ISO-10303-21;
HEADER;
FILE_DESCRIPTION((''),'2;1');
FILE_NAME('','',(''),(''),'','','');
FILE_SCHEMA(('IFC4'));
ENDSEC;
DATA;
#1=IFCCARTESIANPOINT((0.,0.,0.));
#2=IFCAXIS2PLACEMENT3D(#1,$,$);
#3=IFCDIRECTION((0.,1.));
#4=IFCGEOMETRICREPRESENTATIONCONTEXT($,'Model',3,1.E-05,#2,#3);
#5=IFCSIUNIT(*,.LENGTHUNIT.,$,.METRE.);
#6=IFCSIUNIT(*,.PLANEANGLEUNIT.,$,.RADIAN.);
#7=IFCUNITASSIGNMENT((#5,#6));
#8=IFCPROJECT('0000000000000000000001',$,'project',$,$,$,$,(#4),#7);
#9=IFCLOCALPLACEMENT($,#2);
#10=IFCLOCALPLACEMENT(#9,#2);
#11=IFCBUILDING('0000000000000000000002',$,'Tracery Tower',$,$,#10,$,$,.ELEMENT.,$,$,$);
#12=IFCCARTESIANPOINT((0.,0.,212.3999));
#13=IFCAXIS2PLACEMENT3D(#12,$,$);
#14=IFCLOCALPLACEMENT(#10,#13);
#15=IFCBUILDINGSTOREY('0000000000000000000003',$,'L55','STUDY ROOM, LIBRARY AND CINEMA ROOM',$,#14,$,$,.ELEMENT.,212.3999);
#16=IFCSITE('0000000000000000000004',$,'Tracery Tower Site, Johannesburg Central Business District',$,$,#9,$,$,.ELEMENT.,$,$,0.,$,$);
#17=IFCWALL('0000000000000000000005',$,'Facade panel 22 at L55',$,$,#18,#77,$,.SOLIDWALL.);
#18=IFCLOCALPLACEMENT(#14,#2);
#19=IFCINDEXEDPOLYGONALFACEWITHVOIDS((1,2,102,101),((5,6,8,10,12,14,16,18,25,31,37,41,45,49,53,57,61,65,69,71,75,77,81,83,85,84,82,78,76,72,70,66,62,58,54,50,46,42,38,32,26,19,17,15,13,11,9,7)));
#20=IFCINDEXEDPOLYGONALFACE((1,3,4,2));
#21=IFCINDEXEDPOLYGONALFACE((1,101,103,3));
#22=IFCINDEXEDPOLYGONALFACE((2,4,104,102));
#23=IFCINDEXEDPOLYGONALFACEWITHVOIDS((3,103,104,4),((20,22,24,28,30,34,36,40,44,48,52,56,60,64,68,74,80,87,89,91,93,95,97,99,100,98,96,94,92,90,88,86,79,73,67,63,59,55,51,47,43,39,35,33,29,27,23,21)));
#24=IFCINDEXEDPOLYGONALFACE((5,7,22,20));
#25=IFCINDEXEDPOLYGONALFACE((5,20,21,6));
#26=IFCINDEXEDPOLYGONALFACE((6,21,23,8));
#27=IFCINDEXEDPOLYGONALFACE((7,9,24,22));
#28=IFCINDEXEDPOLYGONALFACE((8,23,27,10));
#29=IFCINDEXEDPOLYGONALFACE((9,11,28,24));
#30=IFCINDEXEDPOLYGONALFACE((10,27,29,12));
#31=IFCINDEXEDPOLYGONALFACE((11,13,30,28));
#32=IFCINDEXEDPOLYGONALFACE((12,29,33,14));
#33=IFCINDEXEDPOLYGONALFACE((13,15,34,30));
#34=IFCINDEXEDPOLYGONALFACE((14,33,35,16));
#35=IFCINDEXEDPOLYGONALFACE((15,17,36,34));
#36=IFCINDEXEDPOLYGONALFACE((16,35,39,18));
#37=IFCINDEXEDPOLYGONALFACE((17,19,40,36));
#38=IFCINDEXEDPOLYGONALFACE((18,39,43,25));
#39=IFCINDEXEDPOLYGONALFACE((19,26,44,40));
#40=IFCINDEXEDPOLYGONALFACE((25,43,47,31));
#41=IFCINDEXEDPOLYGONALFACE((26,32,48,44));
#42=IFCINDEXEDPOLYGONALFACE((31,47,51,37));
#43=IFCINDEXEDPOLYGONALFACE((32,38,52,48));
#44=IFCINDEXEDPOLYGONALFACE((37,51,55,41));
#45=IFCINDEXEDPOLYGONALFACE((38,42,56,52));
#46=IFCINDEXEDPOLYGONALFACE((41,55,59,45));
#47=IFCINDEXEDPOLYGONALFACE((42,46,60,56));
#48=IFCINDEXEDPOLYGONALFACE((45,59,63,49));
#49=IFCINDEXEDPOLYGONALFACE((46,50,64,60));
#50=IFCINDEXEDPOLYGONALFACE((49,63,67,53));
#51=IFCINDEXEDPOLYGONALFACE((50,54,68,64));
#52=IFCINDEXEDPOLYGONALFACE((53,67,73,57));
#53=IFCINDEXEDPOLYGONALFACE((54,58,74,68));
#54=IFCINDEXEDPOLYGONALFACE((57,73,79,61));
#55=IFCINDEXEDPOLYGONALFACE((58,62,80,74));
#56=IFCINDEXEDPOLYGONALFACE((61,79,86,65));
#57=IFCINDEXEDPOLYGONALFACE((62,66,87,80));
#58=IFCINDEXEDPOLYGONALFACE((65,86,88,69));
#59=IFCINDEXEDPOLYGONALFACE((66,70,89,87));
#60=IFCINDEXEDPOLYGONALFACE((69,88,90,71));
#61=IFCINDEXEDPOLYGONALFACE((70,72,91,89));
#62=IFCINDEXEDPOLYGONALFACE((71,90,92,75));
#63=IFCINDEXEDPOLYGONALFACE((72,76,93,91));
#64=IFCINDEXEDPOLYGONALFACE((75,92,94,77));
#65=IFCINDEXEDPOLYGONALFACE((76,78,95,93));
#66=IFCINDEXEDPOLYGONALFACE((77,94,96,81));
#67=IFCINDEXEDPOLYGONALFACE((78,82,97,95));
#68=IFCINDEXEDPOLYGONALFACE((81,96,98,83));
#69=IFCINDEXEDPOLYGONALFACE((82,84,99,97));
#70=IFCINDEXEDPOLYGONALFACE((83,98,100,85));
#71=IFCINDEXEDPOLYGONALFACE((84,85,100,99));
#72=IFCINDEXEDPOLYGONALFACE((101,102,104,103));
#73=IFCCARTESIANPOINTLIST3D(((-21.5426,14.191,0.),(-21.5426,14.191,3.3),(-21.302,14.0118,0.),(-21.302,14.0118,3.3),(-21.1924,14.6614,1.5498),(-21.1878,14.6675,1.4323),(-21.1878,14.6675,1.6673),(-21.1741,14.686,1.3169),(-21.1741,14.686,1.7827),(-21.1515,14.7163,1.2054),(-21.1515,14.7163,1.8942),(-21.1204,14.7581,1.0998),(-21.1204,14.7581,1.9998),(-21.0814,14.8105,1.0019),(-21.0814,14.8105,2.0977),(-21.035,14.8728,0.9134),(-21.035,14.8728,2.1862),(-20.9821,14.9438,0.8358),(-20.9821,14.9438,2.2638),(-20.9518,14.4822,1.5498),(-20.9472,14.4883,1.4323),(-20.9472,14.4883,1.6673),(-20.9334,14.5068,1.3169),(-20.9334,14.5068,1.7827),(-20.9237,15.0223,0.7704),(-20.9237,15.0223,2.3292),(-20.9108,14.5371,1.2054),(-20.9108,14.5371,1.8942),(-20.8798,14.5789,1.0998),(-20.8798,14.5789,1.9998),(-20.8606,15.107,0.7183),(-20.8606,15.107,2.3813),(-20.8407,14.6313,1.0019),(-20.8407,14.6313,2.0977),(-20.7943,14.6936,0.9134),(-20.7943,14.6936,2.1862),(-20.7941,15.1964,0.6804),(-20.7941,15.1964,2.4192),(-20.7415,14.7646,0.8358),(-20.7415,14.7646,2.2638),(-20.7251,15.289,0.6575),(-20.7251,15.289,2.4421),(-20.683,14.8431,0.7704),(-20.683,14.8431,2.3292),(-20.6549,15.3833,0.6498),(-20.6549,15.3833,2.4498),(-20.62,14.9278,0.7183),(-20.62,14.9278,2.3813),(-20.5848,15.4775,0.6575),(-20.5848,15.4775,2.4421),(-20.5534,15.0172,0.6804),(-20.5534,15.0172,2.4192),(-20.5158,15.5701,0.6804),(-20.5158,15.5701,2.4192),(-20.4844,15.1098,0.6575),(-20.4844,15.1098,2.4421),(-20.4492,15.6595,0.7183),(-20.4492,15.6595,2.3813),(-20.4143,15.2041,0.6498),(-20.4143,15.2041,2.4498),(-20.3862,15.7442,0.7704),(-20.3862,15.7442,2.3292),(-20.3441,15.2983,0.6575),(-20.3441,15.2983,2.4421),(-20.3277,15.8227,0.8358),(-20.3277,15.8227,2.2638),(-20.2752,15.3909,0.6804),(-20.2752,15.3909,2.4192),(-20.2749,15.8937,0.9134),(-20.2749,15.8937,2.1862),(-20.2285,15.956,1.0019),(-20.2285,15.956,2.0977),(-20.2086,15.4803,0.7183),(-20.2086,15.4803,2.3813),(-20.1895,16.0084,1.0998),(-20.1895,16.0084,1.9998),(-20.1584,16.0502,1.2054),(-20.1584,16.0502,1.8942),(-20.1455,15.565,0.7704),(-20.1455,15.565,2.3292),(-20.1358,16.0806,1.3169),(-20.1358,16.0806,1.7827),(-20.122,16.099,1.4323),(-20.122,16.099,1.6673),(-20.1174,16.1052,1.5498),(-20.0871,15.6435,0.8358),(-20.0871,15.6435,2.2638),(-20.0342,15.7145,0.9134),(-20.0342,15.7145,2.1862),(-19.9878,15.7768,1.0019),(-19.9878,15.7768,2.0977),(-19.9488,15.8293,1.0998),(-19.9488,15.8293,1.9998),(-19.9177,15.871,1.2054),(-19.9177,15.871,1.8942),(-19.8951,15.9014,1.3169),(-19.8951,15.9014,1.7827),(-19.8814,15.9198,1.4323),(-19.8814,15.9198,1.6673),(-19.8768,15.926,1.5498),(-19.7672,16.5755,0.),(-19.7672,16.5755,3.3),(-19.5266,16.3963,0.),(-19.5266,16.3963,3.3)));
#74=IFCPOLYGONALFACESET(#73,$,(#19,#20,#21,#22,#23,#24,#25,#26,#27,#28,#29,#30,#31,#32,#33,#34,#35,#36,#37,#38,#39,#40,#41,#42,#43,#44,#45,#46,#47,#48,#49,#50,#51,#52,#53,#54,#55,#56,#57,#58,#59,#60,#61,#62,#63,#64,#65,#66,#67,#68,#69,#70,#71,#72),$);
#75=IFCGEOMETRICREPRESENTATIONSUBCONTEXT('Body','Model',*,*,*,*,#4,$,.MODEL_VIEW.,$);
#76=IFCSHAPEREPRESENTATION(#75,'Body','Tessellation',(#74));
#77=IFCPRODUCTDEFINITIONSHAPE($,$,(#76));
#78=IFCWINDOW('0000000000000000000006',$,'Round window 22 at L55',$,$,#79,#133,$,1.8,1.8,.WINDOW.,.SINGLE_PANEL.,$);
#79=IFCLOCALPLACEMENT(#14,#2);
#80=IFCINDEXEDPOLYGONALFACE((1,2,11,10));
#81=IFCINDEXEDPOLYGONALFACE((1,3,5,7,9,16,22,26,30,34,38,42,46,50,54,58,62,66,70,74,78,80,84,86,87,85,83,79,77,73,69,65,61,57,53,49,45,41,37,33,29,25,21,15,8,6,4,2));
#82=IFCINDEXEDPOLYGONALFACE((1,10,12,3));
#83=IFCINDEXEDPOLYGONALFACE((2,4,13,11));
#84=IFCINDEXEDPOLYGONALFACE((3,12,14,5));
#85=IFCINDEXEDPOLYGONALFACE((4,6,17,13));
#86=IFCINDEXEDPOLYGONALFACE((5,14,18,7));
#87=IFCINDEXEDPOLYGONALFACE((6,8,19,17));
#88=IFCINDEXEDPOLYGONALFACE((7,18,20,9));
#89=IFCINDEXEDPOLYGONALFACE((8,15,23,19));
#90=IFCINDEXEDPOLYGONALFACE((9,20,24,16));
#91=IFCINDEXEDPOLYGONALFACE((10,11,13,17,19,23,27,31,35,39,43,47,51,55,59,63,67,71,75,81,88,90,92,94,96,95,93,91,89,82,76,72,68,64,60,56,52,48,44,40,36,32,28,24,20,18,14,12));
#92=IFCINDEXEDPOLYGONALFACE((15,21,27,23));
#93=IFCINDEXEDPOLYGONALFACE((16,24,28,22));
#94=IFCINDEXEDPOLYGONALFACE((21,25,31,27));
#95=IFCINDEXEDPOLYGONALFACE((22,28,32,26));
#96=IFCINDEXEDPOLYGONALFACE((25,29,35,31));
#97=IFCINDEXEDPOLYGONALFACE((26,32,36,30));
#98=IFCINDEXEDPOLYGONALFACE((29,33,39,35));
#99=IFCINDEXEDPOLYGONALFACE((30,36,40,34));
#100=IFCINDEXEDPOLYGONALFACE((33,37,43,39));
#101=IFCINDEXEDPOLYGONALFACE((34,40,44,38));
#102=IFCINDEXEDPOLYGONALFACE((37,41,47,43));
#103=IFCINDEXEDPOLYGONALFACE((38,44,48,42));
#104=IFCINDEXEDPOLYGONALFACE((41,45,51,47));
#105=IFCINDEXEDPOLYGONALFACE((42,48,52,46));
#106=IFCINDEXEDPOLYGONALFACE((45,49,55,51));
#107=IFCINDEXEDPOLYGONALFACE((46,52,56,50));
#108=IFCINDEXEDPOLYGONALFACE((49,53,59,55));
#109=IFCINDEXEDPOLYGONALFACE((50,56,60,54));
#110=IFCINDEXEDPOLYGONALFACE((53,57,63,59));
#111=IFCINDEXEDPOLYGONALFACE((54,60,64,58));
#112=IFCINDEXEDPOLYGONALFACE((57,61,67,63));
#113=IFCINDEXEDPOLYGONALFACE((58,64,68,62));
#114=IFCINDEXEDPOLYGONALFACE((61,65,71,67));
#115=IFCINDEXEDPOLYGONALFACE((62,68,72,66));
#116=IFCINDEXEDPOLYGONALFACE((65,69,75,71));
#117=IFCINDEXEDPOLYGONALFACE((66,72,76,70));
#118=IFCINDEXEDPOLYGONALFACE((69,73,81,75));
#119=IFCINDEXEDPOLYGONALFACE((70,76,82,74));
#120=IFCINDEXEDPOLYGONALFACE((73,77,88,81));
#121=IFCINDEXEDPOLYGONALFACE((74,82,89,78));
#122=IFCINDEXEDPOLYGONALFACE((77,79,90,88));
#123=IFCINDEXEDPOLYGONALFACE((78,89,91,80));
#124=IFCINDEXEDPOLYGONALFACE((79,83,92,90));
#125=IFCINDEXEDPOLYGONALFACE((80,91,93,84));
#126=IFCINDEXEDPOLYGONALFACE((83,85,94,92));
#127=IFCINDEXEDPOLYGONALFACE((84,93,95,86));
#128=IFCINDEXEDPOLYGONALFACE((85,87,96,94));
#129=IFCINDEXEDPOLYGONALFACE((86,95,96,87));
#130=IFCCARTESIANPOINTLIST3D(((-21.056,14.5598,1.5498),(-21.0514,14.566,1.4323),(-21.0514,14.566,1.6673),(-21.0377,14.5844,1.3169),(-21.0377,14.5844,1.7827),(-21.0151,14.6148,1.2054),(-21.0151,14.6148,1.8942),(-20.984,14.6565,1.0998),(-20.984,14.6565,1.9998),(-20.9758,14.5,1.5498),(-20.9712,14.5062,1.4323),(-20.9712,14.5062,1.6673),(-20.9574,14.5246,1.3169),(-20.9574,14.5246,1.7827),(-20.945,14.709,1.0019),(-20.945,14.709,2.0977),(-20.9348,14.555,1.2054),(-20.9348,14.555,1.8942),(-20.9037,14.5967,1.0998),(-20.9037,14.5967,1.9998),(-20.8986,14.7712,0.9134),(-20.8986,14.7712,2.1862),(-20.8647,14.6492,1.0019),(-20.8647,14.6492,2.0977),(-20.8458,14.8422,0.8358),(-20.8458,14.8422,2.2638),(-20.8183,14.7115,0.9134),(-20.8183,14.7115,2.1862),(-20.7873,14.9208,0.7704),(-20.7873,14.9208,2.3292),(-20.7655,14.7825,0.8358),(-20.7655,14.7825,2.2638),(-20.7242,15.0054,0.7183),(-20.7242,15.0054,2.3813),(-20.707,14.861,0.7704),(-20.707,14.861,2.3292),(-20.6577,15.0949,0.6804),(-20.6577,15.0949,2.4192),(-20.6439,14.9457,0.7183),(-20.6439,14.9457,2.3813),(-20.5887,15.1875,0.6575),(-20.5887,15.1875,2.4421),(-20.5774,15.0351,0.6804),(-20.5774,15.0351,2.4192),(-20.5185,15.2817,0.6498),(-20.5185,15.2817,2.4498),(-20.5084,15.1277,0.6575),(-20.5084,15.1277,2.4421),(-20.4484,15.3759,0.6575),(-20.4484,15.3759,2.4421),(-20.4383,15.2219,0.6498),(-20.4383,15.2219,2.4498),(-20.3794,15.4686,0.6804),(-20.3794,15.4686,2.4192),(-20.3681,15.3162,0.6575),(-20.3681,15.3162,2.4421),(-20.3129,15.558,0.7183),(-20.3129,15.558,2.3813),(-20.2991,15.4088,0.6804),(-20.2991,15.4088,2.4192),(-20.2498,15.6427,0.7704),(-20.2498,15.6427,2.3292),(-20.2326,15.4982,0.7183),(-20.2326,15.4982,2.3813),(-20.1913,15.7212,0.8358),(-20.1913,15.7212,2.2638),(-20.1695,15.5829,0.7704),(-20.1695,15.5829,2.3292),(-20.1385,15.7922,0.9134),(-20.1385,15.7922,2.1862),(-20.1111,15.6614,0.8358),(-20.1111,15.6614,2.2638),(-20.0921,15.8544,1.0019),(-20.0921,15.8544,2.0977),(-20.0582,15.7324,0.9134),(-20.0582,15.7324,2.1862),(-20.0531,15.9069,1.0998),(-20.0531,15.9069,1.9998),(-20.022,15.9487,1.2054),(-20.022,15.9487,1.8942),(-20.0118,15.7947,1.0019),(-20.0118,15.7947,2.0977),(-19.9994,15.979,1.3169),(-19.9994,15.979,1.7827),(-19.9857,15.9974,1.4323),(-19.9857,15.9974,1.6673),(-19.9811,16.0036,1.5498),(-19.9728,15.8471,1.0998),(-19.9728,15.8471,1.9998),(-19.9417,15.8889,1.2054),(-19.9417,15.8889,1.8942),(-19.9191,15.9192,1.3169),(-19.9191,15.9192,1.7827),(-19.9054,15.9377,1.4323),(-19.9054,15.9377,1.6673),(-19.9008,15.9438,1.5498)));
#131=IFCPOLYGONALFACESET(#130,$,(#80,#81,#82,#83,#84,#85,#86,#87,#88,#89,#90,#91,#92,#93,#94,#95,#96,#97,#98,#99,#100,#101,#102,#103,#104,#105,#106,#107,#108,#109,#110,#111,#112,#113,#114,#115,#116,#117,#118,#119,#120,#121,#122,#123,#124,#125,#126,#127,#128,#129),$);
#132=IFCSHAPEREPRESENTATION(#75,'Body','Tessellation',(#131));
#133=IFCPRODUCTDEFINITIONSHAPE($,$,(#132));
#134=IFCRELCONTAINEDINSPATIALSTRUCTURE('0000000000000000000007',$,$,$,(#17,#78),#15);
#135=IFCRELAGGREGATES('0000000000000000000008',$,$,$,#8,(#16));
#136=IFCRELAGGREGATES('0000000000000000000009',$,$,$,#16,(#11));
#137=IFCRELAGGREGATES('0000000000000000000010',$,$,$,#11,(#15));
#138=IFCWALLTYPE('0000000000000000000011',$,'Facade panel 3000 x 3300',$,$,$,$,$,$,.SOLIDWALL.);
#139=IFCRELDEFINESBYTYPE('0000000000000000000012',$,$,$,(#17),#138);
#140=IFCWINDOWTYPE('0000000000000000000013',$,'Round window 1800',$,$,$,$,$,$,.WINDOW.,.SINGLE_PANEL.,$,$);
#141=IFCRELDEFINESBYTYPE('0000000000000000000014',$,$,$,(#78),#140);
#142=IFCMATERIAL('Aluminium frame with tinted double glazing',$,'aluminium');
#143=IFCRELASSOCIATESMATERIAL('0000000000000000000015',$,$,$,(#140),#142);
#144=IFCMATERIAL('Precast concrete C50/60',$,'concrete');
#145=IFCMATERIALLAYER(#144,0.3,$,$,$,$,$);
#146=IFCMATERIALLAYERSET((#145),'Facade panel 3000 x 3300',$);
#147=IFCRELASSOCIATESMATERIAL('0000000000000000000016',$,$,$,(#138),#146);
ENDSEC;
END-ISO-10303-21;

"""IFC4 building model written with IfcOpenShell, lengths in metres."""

from ifc_helpers import new_model, si_unit, direction, frame, frame_2d, origin, origin_2d, place, context, subcontext, project, spatial, rectangle, circle, extrude, material, layer, layer_set, type_object, element, fill, save


model = new_model("IFC4")

# Units and contexts
model_context = context("Model", 3, precision=1e-05, world=origin(), true_north=direction((0.0, 1.0)))
body_context = subcontext(model_context, "Body", "Model", "MODEL_VIEW")
ifc_project = project(units=[si_unit("LENGTHUNIT", "METRE"), si_unit("PLANEANGLEUNIT", "RADIAN")], contexts=[model_context])

# Site, building, storey
site_placement = place(None, origin())
site = spatial("IfcSite", under=ifc_project, at=site_placement, Name="Tracery Tower Site, Johannesburg Central Business District", CompositionType="ELEMENT", RefElevation=0.0)
building_placement = place(site_placement, origin())
building = spatial("IfcBuilding", under=site, at=building_placement, Name="Tracery Tower", CompositionType="ELEMENT")
storey_placement = place(building_placement, frame((0.0, 0.0, 212.3999)))
storey = spatial("IfcBuildingStorey", under=building, at=storey_placement, Name="L55", Description="STUDY ROOM, LIBRARY AND CINEMA ROOM", CompositionType="ELEMENT", Elevation=212.3999)

# Wall, opening, window
ifc_material_1 = material(Name="Aluminium frame with tinted double glazing", Category="aluminium")
window_type = type_object("IfcWindowType", Name="Round window 1800", PartitioningType="SINGLE_PANEL", PredefinedType="WINDOW", material=ifc_material_1)
ifc_material_2 = material(Name="Precast concrete C50/60", Category="concrete")
ifc_layer_1 = layer(ifc_material_2, 0.3)
ifc_layer_set_1 = layer_set([ifc_layer_1], Name="Facade panel 3000 x 3300")
wall_type_1 = type_object("IfcWallType", Name="Facade panel 3000 x 3300", PredefinedType="SOLIDWALL", material=ifc_layer_set_1)
wall_1_placement = place(storey_placement, frame((-19.647, 16.4858, 0.0), z_axis=(0.0, 0.0, 1.0), x_axis=(-0.597198, -0.802094, 0.0)))
wall_1 = element("IfcWall", 1, at=wall_1_placement, inside=storey, type_object=wall_type_1, Name="Facade panel 22 at L55", PredefinedType="SOLIDWALL", context=body_context, shape_type="SweptSolid", body=[
    extrude(rectangle(XDim=2.9729, YDim=0.3, at=frame_2d((1.4863, 0.0))), origin(), (0.0, 0.0, 1.0), 3.3),
])
opening_1_placement = place(wall_1_placement, frame((1.4863, 0.0, 1.5498)))
opening_1 = element("IfcOpeningElement", 2, at=opening_1_placement, cuts=wall_1, PredefinedType="OPENING", context=body_context, shape_type="SweptSolid", body=[
    extrude(circle(Radius=0.9, at=origin_2d()), frame((0.0, 0.1599, 0.0), z_axis=(0.0, -1.0, 0.0), x_axis=(1.0, 0.0, 0.0)), (0.0, 0.0, 1.0), 0.3201),
])
window_1_placement = place(opening_1_placement, origin())
window_1 = element("IfcWindow", 3, at=window_1_placement, inside=storey, type_object=window_type, Name="Round window 22 at L55", OverallHeight=1.8, OverallWidth=1.8, PartitioningType="SINGLE_PANEL", PredefinedType="WINDOW", context=body_context, shape_type="SweptSolid", body=[
    extrude(circle(Radius=0.9, at=origin_2d()), frame((0.0, 0.1201, 0.0), z_axis=(0.0, -1.0, 0.0), x_axis=(1.0, 0.0, 0.0)), (0.0, 0.0, 1.0), 0.1001),
])
fill(opening_1, window_1)

save(model, "model.ifc")
